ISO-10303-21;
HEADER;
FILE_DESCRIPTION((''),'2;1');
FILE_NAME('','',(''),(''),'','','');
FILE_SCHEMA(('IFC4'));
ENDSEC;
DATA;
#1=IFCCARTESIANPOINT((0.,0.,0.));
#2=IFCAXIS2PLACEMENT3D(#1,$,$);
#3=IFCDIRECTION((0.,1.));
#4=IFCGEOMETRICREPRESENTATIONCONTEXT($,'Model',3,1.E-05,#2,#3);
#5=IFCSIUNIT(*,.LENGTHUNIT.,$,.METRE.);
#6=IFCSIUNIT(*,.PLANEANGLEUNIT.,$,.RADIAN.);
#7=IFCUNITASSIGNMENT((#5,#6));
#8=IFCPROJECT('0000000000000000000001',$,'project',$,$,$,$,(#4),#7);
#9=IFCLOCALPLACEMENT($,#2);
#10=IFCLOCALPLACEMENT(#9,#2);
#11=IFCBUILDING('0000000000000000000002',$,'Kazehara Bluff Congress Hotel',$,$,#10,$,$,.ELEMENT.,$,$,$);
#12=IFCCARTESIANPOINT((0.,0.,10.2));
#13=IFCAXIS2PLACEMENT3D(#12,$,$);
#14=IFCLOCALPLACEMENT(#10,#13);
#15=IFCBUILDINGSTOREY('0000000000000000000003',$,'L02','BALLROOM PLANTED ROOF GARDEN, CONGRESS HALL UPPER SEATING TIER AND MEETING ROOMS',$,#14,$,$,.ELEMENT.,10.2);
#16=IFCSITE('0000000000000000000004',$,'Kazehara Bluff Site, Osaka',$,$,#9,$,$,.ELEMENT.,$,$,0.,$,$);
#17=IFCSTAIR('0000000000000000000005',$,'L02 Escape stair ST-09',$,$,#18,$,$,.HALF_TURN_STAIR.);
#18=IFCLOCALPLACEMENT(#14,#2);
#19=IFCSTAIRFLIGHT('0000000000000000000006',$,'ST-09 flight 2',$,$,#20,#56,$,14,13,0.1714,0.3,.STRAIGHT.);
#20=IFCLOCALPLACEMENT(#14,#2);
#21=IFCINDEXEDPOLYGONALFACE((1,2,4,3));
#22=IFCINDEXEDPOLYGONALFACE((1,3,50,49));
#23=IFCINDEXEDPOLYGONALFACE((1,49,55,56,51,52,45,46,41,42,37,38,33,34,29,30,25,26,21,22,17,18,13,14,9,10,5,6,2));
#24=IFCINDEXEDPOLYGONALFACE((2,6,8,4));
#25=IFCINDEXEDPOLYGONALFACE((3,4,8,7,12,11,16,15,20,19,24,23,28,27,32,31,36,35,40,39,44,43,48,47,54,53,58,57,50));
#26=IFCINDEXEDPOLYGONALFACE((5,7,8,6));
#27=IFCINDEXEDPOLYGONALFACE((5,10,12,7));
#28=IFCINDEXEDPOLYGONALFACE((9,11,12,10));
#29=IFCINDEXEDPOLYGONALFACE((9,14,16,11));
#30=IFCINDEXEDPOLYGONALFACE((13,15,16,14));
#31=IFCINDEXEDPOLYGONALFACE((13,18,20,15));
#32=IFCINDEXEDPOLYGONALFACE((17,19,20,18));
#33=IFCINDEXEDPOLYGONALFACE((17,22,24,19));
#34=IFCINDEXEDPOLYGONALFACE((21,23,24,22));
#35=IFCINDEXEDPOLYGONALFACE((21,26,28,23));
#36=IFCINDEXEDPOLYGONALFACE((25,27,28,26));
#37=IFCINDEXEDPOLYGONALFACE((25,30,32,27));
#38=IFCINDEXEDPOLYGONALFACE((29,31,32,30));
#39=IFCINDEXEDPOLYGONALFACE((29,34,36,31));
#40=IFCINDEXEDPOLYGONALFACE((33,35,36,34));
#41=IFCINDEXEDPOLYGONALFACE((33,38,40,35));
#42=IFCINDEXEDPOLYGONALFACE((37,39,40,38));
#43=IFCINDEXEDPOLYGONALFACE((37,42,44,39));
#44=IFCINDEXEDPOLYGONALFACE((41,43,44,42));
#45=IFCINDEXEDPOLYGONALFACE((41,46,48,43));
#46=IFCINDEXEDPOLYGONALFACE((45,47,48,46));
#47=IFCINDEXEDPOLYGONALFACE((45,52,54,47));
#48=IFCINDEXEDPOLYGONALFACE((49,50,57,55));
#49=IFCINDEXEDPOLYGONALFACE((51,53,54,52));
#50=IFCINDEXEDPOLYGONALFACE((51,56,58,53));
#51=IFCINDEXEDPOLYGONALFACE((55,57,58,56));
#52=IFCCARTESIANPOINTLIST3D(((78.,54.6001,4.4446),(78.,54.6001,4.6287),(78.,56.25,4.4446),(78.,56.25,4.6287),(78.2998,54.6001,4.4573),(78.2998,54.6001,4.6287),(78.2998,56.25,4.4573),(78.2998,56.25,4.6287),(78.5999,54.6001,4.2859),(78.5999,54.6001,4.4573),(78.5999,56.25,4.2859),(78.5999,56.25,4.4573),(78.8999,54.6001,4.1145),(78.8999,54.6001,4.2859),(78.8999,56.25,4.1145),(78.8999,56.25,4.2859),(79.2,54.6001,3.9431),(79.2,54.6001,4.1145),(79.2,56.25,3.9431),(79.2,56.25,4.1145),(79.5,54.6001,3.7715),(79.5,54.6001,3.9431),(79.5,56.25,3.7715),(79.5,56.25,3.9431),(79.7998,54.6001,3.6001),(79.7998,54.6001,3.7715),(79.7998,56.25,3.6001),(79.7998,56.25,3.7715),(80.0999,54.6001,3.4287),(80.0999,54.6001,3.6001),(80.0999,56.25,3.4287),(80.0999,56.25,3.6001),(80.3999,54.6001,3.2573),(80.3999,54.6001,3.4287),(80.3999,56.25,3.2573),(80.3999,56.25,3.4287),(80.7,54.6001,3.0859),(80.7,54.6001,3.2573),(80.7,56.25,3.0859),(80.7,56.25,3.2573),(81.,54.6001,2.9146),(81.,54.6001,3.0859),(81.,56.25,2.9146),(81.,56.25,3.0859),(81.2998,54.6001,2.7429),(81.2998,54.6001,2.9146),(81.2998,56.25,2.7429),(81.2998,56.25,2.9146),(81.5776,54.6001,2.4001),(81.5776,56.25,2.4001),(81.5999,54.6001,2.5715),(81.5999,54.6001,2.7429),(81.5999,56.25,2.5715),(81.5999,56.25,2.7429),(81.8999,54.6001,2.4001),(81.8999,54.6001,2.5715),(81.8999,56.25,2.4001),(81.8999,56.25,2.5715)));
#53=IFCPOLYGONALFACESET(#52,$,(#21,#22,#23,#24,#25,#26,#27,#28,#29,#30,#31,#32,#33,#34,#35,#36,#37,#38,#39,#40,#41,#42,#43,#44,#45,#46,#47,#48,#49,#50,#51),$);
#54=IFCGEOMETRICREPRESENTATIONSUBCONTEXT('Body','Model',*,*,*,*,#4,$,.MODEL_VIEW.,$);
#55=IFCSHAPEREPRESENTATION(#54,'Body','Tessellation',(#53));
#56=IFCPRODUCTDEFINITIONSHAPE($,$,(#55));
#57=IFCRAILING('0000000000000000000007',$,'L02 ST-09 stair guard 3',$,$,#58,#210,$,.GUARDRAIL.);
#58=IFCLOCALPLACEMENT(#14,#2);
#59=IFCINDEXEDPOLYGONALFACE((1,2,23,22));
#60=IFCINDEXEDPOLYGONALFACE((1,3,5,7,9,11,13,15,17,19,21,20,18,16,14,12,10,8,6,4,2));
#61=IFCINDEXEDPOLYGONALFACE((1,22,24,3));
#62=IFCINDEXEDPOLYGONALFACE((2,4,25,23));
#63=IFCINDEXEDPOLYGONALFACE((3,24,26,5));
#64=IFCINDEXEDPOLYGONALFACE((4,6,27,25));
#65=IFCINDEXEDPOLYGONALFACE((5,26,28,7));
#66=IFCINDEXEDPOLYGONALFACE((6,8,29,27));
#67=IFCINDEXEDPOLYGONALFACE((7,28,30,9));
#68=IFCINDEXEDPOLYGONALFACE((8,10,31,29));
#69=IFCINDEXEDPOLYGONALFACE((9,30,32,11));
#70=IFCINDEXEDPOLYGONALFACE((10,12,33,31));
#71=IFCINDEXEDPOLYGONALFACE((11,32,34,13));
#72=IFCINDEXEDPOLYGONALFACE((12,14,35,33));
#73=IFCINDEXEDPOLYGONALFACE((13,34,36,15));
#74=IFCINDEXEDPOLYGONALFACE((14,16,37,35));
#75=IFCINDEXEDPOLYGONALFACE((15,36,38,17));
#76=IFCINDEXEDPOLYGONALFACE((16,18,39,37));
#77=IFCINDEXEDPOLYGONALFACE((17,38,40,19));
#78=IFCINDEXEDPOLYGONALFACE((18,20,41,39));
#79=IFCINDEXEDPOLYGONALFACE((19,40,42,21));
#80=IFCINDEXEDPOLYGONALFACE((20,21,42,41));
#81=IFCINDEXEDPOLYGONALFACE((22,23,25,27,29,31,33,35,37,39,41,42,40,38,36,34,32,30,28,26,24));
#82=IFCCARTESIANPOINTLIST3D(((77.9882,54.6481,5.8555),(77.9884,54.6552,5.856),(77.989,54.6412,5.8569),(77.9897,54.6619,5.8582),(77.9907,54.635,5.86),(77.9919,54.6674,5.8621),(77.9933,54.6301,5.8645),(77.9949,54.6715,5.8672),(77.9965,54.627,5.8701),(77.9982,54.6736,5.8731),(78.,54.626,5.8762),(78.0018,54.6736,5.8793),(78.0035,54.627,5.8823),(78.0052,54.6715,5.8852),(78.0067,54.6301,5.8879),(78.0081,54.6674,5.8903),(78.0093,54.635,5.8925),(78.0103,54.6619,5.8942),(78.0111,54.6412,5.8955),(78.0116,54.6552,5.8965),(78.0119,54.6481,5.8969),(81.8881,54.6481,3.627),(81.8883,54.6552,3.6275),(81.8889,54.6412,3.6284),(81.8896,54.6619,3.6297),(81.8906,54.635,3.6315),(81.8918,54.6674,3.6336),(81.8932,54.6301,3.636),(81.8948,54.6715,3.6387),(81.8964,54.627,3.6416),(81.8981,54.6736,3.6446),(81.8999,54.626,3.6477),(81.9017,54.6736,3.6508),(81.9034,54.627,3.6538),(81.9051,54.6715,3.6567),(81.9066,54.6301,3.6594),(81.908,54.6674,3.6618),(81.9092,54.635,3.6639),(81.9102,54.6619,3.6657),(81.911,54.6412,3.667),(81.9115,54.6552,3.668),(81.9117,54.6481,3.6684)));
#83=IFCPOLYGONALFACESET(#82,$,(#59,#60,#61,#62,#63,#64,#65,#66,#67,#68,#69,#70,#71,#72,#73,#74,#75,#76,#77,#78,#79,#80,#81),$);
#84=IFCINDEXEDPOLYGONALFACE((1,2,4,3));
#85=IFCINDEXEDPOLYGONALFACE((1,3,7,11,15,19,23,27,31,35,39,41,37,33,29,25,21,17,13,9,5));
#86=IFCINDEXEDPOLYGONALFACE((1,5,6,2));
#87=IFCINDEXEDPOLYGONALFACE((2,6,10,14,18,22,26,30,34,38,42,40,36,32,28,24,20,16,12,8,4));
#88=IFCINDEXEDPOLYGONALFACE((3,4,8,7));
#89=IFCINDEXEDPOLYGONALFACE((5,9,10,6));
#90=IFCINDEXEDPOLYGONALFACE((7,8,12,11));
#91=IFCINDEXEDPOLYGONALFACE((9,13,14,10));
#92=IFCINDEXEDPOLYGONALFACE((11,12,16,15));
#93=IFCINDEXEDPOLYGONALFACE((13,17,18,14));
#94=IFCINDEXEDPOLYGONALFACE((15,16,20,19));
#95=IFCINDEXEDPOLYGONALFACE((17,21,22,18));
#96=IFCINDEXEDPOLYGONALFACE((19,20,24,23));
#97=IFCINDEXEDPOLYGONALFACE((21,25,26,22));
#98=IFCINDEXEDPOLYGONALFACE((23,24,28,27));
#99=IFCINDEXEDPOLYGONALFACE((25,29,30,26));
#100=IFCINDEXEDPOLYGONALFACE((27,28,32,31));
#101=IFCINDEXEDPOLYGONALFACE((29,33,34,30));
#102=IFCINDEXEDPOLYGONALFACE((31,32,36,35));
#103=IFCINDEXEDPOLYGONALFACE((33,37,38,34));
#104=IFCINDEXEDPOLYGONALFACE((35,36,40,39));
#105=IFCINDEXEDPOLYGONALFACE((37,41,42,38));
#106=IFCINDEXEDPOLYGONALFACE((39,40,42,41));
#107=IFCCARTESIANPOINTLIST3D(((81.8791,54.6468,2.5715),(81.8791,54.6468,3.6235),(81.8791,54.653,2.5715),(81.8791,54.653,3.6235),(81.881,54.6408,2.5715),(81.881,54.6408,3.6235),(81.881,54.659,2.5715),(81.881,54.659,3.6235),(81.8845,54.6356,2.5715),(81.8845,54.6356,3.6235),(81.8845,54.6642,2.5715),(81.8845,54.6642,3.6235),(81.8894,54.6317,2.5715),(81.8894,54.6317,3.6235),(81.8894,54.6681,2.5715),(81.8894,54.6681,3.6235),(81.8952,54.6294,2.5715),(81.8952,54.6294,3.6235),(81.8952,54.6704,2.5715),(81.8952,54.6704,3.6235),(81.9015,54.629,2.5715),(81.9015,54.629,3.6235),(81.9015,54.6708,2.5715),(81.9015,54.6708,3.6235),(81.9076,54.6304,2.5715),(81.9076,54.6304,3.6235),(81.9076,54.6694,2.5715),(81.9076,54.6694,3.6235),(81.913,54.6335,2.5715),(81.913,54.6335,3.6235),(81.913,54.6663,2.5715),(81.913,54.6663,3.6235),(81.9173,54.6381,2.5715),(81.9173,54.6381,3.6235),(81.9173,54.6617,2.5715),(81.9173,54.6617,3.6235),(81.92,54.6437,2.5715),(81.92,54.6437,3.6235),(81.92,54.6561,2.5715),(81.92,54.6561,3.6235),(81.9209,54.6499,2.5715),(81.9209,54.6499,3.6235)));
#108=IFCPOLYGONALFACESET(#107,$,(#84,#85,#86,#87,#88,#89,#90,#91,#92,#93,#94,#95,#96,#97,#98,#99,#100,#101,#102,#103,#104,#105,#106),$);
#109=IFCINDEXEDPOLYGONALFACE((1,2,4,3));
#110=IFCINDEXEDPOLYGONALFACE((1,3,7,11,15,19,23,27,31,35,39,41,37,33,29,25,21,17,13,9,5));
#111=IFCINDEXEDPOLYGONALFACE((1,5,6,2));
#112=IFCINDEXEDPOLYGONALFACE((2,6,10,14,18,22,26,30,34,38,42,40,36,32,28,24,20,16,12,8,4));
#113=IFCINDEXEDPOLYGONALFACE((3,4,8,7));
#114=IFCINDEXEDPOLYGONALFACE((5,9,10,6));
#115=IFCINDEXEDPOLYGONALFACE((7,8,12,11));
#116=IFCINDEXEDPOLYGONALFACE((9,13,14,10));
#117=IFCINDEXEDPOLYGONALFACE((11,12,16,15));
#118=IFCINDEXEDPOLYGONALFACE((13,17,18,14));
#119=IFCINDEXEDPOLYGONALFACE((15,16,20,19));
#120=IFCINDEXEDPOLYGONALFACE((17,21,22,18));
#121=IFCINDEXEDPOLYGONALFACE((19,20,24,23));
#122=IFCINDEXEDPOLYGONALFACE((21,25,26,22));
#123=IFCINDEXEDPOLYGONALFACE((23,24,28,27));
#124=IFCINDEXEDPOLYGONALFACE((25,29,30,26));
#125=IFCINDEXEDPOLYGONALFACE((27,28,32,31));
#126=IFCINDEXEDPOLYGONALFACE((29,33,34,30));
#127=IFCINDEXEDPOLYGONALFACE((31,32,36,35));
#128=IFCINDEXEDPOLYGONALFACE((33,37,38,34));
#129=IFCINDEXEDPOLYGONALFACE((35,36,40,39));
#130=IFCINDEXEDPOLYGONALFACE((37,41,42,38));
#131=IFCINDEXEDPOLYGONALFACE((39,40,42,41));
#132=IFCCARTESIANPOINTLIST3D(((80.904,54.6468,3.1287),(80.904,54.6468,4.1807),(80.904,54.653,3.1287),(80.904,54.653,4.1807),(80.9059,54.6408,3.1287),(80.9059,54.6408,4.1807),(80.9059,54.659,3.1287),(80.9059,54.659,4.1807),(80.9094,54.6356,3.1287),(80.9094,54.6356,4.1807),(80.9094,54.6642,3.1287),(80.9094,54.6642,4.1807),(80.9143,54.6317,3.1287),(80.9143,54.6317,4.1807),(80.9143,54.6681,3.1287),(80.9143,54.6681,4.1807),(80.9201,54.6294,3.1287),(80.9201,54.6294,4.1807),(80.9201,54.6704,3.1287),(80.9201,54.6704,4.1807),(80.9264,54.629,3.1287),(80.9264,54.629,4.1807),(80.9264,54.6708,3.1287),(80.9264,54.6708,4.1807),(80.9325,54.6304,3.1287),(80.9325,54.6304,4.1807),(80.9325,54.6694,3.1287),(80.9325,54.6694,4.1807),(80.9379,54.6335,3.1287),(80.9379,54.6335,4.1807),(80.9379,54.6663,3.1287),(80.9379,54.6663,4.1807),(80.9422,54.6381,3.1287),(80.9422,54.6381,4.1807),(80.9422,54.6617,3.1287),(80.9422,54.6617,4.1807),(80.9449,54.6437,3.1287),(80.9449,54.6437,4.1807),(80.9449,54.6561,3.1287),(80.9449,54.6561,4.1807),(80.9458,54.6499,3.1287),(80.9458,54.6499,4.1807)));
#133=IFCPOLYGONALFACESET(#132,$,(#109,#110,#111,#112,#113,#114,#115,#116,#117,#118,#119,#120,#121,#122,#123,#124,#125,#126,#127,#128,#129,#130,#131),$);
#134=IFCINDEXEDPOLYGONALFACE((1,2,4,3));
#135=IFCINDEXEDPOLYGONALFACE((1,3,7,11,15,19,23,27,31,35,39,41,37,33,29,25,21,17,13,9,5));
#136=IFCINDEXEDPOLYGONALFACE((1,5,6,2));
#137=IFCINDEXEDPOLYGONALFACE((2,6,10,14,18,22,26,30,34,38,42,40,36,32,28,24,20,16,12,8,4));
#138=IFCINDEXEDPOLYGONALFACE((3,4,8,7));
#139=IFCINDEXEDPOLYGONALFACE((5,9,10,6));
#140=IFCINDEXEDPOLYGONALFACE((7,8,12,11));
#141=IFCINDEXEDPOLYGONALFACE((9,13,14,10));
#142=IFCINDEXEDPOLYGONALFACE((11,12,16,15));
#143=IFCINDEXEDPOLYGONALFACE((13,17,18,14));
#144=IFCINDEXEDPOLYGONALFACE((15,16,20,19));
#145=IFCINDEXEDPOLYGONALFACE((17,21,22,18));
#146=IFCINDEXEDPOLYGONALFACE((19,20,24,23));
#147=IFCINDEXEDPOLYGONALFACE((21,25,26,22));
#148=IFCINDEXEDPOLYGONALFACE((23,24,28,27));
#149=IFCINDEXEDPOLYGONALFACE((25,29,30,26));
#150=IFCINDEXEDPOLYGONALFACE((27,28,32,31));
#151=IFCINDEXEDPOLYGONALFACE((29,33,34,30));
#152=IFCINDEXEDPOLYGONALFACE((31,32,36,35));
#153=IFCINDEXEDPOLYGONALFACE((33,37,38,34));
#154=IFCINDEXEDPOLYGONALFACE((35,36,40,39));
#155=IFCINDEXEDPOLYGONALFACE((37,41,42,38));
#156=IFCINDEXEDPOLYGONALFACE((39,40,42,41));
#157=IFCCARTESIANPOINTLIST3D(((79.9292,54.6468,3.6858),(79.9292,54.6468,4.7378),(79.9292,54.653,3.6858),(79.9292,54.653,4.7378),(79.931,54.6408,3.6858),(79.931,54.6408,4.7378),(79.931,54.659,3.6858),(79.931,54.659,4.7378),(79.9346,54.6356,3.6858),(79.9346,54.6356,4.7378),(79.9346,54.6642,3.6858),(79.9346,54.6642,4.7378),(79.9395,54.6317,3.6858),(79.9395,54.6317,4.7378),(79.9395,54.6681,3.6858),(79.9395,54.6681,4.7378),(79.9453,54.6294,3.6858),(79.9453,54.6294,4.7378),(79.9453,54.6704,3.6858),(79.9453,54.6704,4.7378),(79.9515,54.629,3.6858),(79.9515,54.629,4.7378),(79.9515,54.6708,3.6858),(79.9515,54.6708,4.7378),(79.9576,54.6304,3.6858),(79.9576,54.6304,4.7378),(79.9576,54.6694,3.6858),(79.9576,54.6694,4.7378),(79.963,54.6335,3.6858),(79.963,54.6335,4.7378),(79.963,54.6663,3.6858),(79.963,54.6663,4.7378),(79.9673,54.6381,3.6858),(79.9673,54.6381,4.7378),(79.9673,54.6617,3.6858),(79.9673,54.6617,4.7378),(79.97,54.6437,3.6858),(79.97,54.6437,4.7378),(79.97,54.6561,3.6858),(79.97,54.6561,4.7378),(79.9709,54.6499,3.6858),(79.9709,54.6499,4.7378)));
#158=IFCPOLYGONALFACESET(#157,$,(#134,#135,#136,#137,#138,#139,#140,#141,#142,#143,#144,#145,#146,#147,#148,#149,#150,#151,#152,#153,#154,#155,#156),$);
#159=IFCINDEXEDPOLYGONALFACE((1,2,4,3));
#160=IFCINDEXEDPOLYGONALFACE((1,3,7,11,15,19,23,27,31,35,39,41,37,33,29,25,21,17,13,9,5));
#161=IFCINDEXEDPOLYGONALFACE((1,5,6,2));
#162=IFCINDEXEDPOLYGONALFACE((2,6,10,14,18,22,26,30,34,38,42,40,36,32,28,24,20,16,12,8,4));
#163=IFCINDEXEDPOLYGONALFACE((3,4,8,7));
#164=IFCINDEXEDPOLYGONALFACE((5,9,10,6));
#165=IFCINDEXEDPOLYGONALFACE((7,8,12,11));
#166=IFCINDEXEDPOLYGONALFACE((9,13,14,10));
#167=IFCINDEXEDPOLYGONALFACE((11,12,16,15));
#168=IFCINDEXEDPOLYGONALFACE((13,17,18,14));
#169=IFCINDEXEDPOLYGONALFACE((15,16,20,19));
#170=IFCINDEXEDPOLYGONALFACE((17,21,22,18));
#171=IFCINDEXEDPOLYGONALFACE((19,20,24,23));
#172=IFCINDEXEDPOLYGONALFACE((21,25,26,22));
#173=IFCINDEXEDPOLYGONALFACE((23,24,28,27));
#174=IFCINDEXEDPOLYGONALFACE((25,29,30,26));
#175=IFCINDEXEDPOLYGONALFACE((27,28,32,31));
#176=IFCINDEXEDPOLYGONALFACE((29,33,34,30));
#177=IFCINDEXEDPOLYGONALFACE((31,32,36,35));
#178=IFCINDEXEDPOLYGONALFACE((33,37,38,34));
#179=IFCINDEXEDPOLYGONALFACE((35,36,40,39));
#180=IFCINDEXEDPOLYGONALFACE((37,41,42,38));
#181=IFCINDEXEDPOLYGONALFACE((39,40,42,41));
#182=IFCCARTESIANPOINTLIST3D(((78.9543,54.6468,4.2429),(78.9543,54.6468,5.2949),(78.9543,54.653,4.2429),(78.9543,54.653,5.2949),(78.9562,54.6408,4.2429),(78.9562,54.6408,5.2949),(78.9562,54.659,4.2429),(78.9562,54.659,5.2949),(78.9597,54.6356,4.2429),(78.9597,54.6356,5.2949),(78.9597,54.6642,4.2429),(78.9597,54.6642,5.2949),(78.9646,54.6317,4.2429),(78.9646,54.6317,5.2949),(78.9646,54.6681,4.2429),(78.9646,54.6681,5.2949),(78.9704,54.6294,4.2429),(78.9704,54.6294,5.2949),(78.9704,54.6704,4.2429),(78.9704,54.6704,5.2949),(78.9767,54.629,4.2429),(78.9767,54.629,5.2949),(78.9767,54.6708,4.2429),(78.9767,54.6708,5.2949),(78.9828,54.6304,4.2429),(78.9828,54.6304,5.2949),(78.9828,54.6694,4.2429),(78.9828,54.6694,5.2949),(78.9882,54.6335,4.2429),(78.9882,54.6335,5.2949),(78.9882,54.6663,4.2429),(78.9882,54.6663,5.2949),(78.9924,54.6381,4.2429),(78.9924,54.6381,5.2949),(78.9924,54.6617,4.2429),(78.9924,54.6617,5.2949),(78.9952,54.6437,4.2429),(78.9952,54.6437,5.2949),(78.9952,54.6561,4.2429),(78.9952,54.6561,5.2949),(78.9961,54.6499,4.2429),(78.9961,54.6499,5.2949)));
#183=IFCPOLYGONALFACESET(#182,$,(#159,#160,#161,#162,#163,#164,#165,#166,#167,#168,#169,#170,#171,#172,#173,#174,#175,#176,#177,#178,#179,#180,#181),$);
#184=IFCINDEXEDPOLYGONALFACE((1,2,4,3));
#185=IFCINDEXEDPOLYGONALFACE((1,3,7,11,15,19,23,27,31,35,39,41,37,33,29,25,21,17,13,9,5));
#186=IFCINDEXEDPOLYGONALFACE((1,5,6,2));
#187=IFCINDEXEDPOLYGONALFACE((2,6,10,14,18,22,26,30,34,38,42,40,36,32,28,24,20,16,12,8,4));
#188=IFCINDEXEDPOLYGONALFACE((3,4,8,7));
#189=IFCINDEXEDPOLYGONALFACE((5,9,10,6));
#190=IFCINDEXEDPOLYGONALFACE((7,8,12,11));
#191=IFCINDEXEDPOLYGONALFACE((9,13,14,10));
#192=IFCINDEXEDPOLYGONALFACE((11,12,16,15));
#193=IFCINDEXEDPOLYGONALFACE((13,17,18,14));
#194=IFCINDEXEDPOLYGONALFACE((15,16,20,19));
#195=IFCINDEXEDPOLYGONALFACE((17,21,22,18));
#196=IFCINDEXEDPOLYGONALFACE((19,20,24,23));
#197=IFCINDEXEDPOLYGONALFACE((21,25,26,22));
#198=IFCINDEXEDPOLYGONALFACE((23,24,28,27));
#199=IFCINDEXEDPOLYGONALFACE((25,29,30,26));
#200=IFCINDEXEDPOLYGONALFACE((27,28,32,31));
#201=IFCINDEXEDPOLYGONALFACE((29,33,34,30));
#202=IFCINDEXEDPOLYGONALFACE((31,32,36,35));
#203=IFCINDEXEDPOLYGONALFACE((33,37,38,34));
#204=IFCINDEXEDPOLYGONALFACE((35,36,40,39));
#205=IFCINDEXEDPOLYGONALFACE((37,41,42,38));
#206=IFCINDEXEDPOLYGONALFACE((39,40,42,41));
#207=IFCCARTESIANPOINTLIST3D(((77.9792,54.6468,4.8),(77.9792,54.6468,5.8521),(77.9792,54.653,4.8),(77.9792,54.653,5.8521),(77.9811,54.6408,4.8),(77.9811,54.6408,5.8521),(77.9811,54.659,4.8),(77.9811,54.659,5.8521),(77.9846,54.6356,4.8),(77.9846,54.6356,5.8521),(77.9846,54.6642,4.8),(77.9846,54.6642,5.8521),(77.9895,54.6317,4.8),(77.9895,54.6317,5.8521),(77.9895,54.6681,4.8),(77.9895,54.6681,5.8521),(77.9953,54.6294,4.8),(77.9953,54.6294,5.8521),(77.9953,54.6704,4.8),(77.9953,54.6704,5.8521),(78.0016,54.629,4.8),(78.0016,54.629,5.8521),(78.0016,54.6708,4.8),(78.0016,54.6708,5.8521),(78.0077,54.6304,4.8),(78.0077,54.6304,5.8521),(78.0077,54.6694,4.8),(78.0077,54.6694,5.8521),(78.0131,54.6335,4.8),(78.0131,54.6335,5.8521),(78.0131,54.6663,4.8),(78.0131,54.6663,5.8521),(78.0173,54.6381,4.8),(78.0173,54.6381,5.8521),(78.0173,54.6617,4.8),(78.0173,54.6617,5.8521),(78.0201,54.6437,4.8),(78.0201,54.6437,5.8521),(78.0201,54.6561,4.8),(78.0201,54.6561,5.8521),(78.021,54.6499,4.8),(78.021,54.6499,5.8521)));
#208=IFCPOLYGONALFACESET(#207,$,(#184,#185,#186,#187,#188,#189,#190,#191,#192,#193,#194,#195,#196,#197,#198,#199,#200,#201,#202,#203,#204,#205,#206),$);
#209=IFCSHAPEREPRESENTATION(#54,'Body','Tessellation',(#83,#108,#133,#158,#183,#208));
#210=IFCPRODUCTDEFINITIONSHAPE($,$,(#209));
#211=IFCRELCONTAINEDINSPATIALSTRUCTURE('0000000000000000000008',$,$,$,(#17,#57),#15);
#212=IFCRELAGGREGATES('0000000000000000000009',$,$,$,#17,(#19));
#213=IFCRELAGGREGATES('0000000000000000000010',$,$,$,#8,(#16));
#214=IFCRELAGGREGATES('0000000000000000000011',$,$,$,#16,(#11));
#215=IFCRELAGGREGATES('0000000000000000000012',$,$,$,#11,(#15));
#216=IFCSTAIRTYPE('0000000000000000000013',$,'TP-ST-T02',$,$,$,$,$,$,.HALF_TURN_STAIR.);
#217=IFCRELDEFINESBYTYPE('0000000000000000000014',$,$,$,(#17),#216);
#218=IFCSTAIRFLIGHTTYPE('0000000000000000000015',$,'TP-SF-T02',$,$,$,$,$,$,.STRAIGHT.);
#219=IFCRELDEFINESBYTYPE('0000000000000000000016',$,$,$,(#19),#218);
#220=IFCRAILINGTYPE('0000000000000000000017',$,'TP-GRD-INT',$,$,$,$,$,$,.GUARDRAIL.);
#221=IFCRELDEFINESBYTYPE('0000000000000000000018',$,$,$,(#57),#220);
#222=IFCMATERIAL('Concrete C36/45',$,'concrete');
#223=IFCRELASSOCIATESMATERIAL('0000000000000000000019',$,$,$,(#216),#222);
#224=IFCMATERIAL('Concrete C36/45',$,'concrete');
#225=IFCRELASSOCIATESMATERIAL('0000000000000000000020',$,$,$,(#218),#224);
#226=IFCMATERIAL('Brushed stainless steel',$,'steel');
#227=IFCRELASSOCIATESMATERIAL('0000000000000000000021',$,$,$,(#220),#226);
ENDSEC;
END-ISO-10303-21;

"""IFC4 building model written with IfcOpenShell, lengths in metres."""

from ifc_helpers import new_model, si_unit, direction, frame, origin, origin_2d, place, context, subcontext, project, spatial, polyline, circle, outline, extrude, material, type_object, element, aggregate, save


model = new_model("IFC4")

# Units and contexts
model_context = context("Model", 3, precision=1e-05, world=origin(), true_north=direction((0.0, 1.0)))
body_context = subcontext(model_context, "Body", "Model", "MODEL_VIEW")
ifc_project = project(units=[si_unit("LENGTHUNIT", "METRE"), si_unit("PLANEANGLEUNIT", "RADIAN")], contexts=[model_context])

# Site, building, storey
site_placement = place(None, origin())
site = spatial("IfcSite", under=ifc_project, at=site_placement, Name="Kazehara Bluff Site, Osaka", CompositionType="ELEMENT", RefElevation=0.0)
building_placement = place(site_placement, origin())
building = spatial("IfcBuilding", under=site, at=building_placement, Name="Kazehara Bluff Congress Hotel", CompositionType="ELEMENT")
storey_placement = place(building_placement, frame((0.0, 0.0, 10.2)))
storey = spatial("IfcBuildingStorey", under=building, at=storey_placement, Name="L02", Description="BALLROOM PLANTED ROOF GARDEN, CONGRESS HALL UPPER SEATING TIER AND MEETING ROOMS", CompositionType="ELEMENT", Elevation=10.2)

# Stair, stair flight
ifc_material_1 = material(Name="Concrete C36/45", Category="concrete")
stair_type = type_object("IfcStairType", Name="TP-ST-T02", PredefinedType="HALF_TURN_STAIR", material=ifc_material_1)
stair_placement = place(storey_placement, origin())
stair = element("IfcStair", 1, at=stair_placement, inside=storey, type_object=stair_type, Name="L02 Escape stair ST-09", PredefinedType="HALF_TURN_STAIR")
ifc_material_2 = material(Name="Concrete C36/45", Category="concrete")
stair_flight_type = type_object("IfcStairFlightType", Name="TP-SF-T02", PredefinedType="STRAIGHT", material=ifc_material_2)
stair_flight_placement = place(storey_placement, frame((81.8999, 55.425, 2.4001), z_axis=(0.0, 0.0, 1.0), x_axis=(-1.0, 0.0, 0.0)))
stair_flight = element("IfcStairFlight", 2, at=stair_flight_placement, type_object=stair_flight_type, Name="ST-09 flight 2", NumberOfRisers=14, NumberOfTreads=13, PredefinedType="STRAIGHT", RiserHeight=0.1714, TreadLength=0.3, context=body_context, shape_type="SweptSolid", body=[
    extrude(outline(polyline([(0.0, 0.0), (0.0, 0.1714), (0.3, 0.1714), (0.3, 0.3428), (0.6001, 0.3428), (0.6001, 0.5144), (0.8999, 0.5144), (0.8999, 0.6858), (1.2, 0.6858), (1.2, 0.8572), (1.5, 0.8572), (1.5, 1.0286), (1.8, 1.0286), (1.8, 1.2), (2.1001, 1.2), (2.1001, 1.3713), (2.3999, 1.3713), (2.3999, 1.543), (2.7, 1.543), (2.7, 1.7144), (3.0, 1.7144), (3.0, 1.8857), (3.3, 1.8857), (3.3, 2.0571), (3.6001, 2.0571), (3.6001, 2.2285), (3.8999, 2.2285), (3.8999, 2.3999), (3.8999, 2.0444), (0.3223, 0.0), (0.0, 0.0)])), frame((0.0, 0.825, 0.0), z_axis=(0.0, -1.0, 0.0), x_axis=(1.0, 0.0, 0.0)), (0.0, 0.0, 1.0), 1.6499),
])
aggregate(stair, [stair_flight])

# Railing
ifc_material_3 = material(Name="Brushed stainless steel", Category="steel")
railing_type_1 = type_object("IfcRailingType", Name="TP-GRD-INT", PredefinedType="GUARDRAIL", material=ifc_material_3)
railing_1_placement = place(storey_placement, frame((81.8999, 54.6499, 2.5715)))
element("IfcRailing", 3, at=railing_1_placement, inside=storey, type_object=railing_type_1, Name="L02 ST-09 stair guard 3", PredefinedType="GUARDRAIL", context=body_context, shape_type="SweptSolid", body=[
    extrude(circle(Radius=0.0239, at=origin_2d()), frame((0.0, 0.0, 1.0762), z_axis=(-0.868243, 0.0, 0.496139), x_axis=(0.0, -1.0, 0.0)), (0.0, 0.0, 1.0), 4.4917),
    extrude(circle(Radius=0.021, at=origin_2d()), origin(), (0.0, 0.0, 1.0), 1.052),
    extrude(circle(Radius=0.021, at=origin_2d()), frame((-0.9751, 0.0, 0.5571)), (0.0, 0.0, 1.0), 1.052),
    extrude(circle(Radius=0.021, at=origin_2d()), frame((-1.95, 0.0, 1.1143)), (0.0, 0.0, 1.0), 1.052),
    extrude(circle(Radius=0.021, at=origin_2d()), frame((-2.9248, 0.0, 1.6714)), (0.0, 0.0, 1.0), 1.052),
    extrude(circle(Radius=0.021, at=origin_2d()), frame((-3.8999, 0.0, 2.2285)), (0.0, 0.0, 1.0), 1.052),
])

save(model, "model.ifc")
